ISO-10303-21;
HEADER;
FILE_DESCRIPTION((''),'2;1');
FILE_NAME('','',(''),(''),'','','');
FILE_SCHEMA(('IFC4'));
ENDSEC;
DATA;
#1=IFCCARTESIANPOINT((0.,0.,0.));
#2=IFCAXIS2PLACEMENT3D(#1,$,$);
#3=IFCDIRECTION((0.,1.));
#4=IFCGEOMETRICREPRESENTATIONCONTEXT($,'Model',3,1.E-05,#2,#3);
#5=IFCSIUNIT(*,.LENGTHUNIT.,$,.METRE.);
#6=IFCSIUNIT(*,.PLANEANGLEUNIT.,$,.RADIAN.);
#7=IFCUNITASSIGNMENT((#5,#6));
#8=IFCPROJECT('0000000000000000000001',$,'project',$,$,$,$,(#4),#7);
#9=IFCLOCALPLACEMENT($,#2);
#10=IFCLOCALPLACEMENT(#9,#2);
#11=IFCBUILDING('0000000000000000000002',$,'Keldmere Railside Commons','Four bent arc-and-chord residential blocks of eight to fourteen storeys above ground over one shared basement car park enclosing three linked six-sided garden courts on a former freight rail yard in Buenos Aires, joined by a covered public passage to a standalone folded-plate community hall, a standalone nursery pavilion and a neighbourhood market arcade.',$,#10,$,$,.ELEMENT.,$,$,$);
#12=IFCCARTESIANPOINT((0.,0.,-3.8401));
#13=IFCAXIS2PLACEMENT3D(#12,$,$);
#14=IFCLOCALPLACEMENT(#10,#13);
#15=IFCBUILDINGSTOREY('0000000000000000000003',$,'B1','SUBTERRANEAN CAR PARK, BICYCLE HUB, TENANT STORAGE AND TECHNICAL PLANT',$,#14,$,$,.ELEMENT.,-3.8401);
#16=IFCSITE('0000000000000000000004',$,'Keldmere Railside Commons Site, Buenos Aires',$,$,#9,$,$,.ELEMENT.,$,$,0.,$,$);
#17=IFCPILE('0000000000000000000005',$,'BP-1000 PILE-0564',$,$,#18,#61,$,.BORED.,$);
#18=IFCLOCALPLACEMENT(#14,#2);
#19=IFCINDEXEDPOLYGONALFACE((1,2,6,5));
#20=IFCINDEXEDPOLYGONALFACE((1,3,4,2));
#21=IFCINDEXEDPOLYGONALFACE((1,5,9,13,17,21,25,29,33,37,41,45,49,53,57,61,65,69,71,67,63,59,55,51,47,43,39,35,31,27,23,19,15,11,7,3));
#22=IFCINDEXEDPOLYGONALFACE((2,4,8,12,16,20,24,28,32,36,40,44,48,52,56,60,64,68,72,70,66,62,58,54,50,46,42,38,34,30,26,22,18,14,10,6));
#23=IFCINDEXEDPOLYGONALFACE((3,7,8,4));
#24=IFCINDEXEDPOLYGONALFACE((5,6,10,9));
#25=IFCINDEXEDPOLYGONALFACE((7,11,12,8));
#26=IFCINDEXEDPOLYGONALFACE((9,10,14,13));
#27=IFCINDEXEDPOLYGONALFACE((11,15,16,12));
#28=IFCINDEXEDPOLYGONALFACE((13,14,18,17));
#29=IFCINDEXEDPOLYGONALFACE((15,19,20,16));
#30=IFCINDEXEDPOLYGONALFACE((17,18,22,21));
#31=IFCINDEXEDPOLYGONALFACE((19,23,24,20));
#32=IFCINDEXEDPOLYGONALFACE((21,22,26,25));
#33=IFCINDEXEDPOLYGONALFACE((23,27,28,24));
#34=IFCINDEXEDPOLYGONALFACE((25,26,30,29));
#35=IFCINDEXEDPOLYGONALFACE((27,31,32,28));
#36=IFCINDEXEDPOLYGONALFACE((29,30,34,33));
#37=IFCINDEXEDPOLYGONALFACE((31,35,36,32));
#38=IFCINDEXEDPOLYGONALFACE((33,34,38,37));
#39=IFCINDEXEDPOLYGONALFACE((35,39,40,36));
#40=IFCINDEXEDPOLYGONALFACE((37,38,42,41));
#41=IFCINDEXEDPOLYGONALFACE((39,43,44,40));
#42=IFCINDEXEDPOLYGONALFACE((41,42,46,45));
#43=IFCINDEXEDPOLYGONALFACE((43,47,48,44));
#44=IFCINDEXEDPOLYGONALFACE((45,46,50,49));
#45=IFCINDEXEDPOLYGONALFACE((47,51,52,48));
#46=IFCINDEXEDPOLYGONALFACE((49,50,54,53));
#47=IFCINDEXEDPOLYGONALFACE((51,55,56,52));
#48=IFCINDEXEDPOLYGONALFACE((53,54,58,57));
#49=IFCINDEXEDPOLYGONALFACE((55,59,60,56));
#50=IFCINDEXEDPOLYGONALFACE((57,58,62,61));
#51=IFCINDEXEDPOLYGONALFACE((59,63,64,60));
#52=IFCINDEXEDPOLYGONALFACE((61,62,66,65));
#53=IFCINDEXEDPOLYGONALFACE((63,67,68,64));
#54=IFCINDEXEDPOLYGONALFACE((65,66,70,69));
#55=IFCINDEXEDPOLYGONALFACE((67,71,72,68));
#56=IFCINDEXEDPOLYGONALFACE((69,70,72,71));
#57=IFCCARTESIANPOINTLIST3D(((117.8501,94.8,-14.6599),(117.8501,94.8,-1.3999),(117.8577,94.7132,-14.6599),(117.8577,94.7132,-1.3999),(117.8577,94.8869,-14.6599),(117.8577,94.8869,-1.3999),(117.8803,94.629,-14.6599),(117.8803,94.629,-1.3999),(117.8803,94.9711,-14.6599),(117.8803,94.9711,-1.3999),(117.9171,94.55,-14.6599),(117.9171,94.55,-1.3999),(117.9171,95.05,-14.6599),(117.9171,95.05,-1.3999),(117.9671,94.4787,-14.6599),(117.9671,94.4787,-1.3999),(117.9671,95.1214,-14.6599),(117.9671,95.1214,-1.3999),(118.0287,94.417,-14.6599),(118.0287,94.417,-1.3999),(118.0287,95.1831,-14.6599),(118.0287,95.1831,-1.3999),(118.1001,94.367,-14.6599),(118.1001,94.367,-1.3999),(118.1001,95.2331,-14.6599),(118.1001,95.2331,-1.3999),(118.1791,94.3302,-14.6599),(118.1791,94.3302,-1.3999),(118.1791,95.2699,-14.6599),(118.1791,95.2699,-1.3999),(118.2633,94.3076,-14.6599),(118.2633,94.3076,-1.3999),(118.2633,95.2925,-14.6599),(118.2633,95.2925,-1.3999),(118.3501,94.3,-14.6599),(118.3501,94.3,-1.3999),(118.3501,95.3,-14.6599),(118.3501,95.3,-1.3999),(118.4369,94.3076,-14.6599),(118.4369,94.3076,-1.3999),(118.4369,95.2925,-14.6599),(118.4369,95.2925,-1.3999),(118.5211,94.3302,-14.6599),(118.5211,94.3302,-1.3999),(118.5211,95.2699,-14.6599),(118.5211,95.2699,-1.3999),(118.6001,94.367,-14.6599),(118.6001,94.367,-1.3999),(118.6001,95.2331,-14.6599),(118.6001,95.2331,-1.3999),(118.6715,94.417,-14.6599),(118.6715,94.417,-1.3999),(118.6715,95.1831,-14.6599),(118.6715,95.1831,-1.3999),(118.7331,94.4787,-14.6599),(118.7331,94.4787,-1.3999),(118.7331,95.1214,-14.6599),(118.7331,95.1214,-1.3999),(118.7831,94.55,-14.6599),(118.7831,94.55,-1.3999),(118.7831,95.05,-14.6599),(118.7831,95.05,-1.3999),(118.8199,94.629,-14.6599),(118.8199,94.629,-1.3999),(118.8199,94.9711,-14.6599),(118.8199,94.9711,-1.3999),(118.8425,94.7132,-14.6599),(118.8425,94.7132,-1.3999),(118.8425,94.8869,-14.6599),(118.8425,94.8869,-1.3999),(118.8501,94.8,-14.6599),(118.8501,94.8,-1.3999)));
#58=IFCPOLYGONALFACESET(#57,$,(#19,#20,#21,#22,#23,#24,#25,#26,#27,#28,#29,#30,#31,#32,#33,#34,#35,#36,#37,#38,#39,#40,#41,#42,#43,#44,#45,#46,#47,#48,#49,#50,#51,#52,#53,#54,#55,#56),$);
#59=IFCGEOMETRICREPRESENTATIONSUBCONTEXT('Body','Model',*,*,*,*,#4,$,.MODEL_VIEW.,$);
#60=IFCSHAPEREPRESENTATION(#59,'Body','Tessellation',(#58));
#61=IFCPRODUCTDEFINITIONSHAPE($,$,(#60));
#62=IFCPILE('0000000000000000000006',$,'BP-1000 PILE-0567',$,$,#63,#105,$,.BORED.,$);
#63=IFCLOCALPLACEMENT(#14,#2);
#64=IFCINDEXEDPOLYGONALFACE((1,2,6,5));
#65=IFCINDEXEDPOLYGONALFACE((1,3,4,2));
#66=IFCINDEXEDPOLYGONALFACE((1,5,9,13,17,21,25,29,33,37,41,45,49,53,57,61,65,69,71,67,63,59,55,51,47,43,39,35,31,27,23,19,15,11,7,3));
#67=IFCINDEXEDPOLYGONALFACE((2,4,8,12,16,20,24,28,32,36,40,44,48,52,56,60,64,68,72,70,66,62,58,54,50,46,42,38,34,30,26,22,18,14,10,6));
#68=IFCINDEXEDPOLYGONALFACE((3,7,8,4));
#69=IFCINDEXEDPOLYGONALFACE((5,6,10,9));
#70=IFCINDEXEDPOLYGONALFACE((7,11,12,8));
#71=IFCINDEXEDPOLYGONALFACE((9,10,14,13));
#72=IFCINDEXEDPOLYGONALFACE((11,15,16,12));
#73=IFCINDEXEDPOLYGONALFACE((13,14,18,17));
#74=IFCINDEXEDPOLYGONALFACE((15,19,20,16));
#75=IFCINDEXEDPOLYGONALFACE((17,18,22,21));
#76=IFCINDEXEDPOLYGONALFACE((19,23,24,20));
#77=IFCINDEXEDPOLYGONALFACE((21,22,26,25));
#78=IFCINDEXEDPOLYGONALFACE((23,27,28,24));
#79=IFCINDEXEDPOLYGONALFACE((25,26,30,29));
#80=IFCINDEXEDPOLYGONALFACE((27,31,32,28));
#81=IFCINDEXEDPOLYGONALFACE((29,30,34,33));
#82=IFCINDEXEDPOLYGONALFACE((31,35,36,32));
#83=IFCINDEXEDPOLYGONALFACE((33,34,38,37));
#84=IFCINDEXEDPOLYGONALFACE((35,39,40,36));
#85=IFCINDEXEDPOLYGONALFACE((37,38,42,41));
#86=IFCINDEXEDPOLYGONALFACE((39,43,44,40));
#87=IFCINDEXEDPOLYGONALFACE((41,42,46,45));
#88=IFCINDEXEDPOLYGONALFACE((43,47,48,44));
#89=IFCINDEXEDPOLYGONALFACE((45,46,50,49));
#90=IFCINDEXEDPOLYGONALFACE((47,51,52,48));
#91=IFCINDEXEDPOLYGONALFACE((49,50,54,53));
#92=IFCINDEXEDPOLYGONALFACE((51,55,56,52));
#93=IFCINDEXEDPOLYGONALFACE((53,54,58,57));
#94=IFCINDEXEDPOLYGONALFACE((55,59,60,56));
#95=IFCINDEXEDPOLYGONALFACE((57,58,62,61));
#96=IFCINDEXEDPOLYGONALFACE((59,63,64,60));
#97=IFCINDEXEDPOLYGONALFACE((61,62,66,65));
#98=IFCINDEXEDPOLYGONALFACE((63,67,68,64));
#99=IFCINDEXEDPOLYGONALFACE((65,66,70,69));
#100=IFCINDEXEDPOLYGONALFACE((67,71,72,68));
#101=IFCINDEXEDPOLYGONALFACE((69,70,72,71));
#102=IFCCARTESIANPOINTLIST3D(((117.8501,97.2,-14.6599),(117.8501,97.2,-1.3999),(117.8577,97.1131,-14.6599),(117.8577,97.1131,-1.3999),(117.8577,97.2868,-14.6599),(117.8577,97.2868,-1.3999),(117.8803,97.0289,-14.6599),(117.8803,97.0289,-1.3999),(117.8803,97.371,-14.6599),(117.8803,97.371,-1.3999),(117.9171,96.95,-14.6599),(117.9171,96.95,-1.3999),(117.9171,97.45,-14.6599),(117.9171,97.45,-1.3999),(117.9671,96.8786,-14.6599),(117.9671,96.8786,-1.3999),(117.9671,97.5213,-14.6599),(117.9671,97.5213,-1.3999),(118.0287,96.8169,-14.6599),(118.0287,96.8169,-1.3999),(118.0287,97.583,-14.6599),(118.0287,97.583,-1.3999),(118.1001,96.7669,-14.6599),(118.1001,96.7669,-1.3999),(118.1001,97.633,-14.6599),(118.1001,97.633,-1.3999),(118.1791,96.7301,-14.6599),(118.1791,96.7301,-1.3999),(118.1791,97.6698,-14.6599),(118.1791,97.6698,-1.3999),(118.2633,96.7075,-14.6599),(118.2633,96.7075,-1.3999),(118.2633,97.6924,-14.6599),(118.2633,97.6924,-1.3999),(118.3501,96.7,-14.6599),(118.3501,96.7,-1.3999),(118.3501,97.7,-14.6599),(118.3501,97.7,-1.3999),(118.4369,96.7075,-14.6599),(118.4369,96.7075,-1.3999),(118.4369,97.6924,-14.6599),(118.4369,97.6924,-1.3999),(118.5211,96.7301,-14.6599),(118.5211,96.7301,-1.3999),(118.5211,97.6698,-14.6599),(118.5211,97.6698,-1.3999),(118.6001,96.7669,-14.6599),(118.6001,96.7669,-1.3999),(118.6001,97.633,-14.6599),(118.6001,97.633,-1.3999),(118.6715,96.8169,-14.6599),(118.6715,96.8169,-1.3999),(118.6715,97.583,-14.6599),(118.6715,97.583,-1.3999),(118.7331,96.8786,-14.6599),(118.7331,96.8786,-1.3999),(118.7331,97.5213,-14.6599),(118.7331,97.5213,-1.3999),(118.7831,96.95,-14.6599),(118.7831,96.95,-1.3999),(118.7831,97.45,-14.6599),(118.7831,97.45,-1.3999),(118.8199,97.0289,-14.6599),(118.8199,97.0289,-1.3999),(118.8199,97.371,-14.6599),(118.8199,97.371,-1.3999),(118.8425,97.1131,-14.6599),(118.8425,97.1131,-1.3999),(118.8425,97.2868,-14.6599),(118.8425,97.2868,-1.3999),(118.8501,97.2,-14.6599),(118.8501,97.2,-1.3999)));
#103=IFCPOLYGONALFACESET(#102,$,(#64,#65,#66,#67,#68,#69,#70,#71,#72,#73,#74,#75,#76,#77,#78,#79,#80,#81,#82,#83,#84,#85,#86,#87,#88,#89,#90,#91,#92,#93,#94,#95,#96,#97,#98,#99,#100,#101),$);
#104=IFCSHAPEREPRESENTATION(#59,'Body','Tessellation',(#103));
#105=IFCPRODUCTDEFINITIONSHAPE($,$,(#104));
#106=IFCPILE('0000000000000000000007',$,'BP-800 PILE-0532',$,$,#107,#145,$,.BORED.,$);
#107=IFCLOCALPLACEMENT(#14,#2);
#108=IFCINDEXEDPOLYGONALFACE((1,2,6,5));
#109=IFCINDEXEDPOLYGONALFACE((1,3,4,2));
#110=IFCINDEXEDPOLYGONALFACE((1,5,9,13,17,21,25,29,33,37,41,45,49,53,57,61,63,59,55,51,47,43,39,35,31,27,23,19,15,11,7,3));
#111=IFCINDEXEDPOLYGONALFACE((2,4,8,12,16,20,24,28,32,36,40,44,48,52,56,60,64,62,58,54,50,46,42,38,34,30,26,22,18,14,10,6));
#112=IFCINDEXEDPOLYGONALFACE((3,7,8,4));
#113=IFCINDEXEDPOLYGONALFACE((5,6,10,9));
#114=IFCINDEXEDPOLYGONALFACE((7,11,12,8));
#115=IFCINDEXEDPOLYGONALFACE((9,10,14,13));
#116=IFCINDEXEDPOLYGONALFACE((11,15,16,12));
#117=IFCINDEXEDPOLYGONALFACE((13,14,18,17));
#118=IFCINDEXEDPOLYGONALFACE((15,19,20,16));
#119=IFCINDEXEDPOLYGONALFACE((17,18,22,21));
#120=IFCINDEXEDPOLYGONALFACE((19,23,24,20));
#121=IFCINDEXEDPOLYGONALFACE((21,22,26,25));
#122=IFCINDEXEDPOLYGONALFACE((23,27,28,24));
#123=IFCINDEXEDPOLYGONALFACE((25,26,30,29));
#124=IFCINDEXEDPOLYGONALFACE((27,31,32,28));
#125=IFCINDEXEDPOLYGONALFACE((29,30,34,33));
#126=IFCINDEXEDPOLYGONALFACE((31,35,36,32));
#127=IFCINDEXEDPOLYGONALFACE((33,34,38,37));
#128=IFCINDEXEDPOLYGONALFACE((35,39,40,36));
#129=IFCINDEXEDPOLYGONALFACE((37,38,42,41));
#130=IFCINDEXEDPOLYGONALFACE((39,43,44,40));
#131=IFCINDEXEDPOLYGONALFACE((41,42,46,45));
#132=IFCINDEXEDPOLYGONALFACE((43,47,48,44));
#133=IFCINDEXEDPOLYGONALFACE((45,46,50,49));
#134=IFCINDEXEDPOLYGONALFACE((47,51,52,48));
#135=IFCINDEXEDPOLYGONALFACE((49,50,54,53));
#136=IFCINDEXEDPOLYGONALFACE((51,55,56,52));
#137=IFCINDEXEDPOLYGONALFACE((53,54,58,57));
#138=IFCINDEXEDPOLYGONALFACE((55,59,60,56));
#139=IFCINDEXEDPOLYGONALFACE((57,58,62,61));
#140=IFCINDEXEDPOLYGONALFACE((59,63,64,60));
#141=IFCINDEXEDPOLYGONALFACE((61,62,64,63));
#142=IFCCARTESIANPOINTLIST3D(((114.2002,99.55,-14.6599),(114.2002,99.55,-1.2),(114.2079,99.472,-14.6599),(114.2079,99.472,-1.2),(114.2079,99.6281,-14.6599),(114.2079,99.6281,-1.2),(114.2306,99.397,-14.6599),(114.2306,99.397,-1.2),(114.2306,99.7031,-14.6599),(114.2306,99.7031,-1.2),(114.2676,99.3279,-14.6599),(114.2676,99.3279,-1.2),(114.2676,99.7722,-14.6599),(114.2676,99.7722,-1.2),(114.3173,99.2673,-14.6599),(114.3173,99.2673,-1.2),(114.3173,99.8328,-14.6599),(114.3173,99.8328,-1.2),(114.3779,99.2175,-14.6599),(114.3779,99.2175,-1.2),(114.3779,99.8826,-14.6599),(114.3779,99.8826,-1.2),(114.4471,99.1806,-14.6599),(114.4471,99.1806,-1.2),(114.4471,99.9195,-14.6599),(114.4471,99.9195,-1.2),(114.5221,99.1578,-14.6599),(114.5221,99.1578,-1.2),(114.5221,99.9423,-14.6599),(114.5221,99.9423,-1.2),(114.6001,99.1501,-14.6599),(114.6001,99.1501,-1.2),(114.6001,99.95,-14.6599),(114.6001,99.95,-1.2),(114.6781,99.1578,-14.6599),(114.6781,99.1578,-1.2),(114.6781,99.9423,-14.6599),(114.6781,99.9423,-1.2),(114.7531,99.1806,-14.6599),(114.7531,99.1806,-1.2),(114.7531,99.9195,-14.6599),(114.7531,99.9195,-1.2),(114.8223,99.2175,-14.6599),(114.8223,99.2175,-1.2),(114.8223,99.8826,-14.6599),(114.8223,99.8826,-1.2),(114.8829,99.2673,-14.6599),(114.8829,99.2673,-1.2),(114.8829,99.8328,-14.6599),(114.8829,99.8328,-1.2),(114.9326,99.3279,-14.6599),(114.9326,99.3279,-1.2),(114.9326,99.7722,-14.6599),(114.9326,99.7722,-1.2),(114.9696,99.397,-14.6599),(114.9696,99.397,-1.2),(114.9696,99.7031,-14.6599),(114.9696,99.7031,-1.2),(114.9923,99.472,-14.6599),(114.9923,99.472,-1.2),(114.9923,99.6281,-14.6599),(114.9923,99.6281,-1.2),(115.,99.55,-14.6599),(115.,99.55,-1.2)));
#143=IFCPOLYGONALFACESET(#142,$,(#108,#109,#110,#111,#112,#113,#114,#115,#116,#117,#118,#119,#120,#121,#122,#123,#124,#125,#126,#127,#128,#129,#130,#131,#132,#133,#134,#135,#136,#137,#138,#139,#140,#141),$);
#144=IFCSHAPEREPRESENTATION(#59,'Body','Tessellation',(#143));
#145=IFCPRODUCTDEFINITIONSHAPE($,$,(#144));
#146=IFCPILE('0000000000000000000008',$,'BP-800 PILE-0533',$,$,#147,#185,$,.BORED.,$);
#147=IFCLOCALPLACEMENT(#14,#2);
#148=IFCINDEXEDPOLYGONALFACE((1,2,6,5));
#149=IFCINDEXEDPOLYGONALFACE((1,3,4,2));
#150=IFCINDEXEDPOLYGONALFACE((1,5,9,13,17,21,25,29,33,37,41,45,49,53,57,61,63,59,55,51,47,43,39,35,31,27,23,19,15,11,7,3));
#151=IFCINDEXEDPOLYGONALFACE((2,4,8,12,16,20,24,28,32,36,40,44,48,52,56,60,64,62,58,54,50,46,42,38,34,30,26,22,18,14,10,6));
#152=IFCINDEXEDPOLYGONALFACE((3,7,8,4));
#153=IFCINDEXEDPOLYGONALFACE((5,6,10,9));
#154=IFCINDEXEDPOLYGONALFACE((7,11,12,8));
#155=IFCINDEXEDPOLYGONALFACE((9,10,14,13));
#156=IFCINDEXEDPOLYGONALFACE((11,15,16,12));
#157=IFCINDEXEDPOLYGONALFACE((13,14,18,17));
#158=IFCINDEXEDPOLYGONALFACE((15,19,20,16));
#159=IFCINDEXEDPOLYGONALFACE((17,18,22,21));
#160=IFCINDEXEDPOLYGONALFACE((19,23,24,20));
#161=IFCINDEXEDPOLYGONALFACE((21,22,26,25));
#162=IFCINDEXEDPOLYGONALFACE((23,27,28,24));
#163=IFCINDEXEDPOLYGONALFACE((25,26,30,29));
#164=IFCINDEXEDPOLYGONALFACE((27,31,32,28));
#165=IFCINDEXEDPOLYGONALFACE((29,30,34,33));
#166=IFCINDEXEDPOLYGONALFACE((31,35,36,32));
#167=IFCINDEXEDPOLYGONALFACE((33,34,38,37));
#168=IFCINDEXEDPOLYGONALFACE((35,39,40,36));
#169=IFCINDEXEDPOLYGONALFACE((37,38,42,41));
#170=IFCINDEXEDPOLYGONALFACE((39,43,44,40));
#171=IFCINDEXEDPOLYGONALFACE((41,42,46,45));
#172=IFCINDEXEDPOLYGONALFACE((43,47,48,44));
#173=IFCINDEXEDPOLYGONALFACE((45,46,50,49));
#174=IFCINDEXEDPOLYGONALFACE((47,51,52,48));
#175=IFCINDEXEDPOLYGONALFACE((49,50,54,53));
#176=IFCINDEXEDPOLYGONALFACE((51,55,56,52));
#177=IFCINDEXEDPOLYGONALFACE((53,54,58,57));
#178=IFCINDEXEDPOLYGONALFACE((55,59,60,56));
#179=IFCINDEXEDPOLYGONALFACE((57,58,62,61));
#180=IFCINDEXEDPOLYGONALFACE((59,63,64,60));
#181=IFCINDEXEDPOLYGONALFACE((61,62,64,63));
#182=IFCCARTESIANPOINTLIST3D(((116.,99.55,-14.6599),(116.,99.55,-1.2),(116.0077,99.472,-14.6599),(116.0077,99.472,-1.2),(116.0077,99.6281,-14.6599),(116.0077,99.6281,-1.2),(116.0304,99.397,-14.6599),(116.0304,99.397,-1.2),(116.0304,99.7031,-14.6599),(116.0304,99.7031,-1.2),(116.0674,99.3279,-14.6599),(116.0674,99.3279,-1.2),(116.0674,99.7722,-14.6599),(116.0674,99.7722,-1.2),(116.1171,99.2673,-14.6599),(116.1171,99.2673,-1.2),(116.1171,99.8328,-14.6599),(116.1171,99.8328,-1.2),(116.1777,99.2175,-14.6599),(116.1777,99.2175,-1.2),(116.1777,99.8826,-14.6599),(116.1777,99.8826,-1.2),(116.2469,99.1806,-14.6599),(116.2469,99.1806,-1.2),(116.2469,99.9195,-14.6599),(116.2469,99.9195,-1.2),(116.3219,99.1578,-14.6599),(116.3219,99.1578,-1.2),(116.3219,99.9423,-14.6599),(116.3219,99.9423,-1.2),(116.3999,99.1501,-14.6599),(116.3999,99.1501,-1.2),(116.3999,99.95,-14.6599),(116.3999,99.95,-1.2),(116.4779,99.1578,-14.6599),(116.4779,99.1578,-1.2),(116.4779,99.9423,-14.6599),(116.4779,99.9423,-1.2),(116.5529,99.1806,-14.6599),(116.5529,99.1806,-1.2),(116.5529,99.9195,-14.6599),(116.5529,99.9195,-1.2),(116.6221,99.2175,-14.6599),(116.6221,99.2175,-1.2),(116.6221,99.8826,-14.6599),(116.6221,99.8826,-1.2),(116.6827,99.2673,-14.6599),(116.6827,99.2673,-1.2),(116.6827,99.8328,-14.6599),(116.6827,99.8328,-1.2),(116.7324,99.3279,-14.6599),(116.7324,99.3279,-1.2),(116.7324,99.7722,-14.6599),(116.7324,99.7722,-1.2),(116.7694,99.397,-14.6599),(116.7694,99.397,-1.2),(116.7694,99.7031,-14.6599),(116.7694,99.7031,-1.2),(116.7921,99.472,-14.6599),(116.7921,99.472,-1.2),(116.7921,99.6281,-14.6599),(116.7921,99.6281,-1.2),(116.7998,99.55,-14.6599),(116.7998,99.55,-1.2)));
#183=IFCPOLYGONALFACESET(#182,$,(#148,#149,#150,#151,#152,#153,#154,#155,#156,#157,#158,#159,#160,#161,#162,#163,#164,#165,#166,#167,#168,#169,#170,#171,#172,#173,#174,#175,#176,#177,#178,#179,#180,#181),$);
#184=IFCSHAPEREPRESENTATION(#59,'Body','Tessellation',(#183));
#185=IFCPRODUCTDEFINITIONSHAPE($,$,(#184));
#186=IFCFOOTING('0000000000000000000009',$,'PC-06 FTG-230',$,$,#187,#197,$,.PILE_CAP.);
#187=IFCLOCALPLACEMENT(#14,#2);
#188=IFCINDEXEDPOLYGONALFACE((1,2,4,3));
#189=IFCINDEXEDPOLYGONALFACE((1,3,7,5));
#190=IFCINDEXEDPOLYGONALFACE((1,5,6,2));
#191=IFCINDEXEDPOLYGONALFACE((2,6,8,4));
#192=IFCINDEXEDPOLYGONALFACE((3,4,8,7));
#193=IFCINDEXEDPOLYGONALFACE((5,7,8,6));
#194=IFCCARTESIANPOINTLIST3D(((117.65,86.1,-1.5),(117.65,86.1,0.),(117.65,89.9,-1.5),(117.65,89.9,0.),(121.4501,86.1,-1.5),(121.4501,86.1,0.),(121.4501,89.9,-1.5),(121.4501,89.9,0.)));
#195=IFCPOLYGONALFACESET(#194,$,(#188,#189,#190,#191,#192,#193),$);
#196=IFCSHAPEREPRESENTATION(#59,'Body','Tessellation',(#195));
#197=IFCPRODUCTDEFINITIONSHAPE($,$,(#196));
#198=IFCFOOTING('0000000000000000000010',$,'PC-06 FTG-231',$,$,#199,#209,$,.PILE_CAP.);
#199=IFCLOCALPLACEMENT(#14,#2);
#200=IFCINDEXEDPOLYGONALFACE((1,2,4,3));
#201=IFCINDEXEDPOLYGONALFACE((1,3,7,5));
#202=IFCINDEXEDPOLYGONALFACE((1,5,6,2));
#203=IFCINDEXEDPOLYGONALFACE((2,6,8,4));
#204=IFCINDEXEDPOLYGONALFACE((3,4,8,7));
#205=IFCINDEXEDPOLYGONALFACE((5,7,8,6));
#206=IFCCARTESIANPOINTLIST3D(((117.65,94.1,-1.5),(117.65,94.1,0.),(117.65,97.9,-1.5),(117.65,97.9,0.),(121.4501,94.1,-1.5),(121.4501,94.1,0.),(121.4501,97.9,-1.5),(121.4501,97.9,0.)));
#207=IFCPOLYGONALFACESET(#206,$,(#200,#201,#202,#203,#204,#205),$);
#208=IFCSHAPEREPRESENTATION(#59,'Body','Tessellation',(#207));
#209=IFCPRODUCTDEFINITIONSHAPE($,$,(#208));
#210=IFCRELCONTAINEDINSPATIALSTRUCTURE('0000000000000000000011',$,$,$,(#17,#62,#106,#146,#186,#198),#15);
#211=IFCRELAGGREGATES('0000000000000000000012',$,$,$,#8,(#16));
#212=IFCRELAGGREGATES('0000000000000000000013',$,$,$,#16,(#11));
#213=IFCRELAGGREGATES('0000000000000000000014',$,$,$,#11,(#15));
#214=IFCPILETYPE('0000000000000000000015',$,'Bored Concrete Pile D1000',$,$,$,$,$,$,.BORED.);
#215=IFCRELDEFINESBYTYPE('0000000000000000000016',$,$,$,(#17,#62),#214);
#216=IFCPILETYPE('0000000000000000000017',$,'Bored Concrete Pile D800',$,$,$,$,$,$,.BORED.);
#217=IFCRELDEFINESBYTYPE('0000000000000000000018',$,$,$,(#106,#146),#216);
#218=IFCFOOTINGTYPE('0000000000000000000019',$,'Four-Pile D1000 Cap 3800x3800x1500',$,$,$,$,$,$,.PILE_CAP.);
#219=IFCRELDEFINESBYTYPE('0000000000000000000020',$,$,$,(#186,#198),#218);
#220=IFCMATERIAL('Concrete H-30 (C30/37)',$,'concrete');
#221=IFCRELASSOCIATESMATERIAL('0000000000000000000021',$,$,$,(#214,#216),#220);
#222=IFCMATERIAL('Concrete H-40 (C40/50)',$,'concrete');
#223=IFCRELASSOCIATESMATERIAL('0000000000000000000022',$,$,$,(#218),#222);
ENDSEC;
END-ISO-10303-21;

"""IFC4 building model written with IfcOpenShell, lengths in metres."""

from ifc_helpers import new_model, si_unit, direction, frame, origin, origin_2d, place, context, subcontext, project, spatial, rectangle, circle, extrude, material, material_profile, profile_set, type_object, element, save


model = new_model("IFC4")

# Units and contexts
model_context = context("Model", 3, precision=1e-05, world=origin(), true_north=direction((0.0, 1.0)))
body_context = subcontext(model_context, "Body", "Model", "MODEL_VIEW")
ifc_project = project(units=[si_unit("LENGTHUNIT", "METRE"), si_unit("PLANEANGLEUNIT", "RADIAN")], contexts=[model_context])

# Site, building, storey
site_placement = place(None, origin())
site = spatial("IfcSite", under=ifc_project, at=site_placement, Name="Keldmere Railside Commons Site, Buenos Aires", CompositionType="ELEMENT", RefElevation=0.0)
building_placement = place(site_placement, origin())
building = spatial("IfcBuilding", under=site, at=building_placement, Name="Keldmere Railside Commons", Description="Four bent arc-and-chord residential blocks of eight to fourteen storeys above ground over one shared basement car park enclosing three linked six-sided garden courts on a former freight rail yard in Buenos Aires, joined by a covered public passage to a standalone folded-plate community hall, a standalone nursery pavilion and a neighbourhood market arcade.", CompositionType="ELEMENT")
storey_placement = place(building_placement, frame((0.0, 0.0, -3.8401)))
storey = spatial("IfcBuildingStorey", under=building, at=storey_placement, Name="B1", Description="SUBTERRANEAN CAR PARK, BICYCLE HUB, TENANT STORAGE AND TECHNICAL PLANT", CompositionType="ELEMENT", Elevation=-3.8401)

# Piles
ifc_material_1 = material(Name="Concrete H-30 (C30/37)", Category="concrete")
ifc_material_profile_1 = material_profile(ifc_material_1, circle(Radius=0.5, at=origin_2d()), Name="PILE-D1000")
ifc_profile_set_1 = profile_set([ifc_material_profile_1], Name="Concrete H-30 (C30/37)")
pile_type_1 = type_object("IfcPileType", Name="Bored Concrete Pile D1000", PredefinedType="BORED", material=ifc_profile_set_1)
for number, where, z_axis, x_axis, name in (
    (1, (118.3501, 94.8, -1.3999), (0.0, 0.0, -1.0), (1.0, 0.0, 0.0), "BP-1000 PILE-0564"),
    (2, (118.3501, 97.2, -1.3999), (0.0, 0.0, -1.0), (1.0, 0.0, 0.0), "BP-1000 PILE-0567"),
):
    element("IfcPile", number, at=place(storey_placement, frame(where, z_axis=z_axis, x_axis=x_axis)), inside=storey, type_object=pile_type_1, Name=name, PredefinedType="BORED", context=body_context, shape_type="SweptSolid", body=[
        extrude(circle(Radius=0.5, at=origin_2d()), origin(), (0.0, 0.0, 1.0), 13.26),
    ])
ifc_material_profile_2 = material_profile(ifc_material_1, circle(Radius=0.3999, at=origin_2d()), Name="PILE-D800")
ifc_profile_set_2 = profile_set([ifc_material_profile_2], Name="Concrete H-30 (C30/37)")
pile_type_2 = type_object("IfcPileType", Name="Bored Concrete Pile D800", PredefinedType="BORED", material=ifc_profile_set_2)
for number, where, z_axis, x_axis, name in (
    (3, (114.6001, 99.55, -1.2), (0.0, 0.0, -1.0), (1.0, 0.0, 0.0), "BP-800 PILE-0532"),
    (4, (116.3999, 99.55, -1.2), (0.0, 0.0, -1.0), (1.0, 0.0, 0.0), "BP-800 PILE-0533"),
):
    element("IfcPile", number, at=place(storey_placement, frame(where, z_axis=z_axis, x_axis=x_axis)), inside=storey, type_object=pile_type_2, Name=name, PredefinedType="BORED", context=body_context, shape_type="SweptSolid", body=[
        extrude(circle(Radius=0.3999, at=origin_2d()), origin(), (0.0, 0.0, 1.0), 13.46),
    ])

# Footings
ifc_material_2 = material(Name="Concrete H-40 (C40/50)", Category="concrete")
footing_type_1 = type_object("IfcFootingType", Name="Four-Pile D1000 Cap 3800x3800x1500", PredefinedType="PILE_CAP", material=ifc_material_2)
for number, where, z_axis, x_axis, name in (
    (5, (119.55, 88.0, -1.5), (0.0, 0.0, 1.0), (1.0, 0.0, 0.0), "PC-06 FTG-230"),
    (6, (119.55, 96.0, -1.5), (0.0, 0.0, 1.0), (1.0, 0.0, 0.0), "PC-06 FTG-231"),
):
    element("IfcFooting", number, at=place(storey_placement, frame(where, z_axis=z_axis, x_axis=x_axis)), inside=storey, type_object=footing_type_1, Name=name, PredefinedType="PILE_CAP", context=body_context, shape_type="SweptSolid", body=[
        extrude(rectangle(XDim=3.8, YDim=3.8, at=origin_2d()), origin(), (0.0, 0.0, 1.0), 1.5),
    ])

save(model, "model.ifc")
